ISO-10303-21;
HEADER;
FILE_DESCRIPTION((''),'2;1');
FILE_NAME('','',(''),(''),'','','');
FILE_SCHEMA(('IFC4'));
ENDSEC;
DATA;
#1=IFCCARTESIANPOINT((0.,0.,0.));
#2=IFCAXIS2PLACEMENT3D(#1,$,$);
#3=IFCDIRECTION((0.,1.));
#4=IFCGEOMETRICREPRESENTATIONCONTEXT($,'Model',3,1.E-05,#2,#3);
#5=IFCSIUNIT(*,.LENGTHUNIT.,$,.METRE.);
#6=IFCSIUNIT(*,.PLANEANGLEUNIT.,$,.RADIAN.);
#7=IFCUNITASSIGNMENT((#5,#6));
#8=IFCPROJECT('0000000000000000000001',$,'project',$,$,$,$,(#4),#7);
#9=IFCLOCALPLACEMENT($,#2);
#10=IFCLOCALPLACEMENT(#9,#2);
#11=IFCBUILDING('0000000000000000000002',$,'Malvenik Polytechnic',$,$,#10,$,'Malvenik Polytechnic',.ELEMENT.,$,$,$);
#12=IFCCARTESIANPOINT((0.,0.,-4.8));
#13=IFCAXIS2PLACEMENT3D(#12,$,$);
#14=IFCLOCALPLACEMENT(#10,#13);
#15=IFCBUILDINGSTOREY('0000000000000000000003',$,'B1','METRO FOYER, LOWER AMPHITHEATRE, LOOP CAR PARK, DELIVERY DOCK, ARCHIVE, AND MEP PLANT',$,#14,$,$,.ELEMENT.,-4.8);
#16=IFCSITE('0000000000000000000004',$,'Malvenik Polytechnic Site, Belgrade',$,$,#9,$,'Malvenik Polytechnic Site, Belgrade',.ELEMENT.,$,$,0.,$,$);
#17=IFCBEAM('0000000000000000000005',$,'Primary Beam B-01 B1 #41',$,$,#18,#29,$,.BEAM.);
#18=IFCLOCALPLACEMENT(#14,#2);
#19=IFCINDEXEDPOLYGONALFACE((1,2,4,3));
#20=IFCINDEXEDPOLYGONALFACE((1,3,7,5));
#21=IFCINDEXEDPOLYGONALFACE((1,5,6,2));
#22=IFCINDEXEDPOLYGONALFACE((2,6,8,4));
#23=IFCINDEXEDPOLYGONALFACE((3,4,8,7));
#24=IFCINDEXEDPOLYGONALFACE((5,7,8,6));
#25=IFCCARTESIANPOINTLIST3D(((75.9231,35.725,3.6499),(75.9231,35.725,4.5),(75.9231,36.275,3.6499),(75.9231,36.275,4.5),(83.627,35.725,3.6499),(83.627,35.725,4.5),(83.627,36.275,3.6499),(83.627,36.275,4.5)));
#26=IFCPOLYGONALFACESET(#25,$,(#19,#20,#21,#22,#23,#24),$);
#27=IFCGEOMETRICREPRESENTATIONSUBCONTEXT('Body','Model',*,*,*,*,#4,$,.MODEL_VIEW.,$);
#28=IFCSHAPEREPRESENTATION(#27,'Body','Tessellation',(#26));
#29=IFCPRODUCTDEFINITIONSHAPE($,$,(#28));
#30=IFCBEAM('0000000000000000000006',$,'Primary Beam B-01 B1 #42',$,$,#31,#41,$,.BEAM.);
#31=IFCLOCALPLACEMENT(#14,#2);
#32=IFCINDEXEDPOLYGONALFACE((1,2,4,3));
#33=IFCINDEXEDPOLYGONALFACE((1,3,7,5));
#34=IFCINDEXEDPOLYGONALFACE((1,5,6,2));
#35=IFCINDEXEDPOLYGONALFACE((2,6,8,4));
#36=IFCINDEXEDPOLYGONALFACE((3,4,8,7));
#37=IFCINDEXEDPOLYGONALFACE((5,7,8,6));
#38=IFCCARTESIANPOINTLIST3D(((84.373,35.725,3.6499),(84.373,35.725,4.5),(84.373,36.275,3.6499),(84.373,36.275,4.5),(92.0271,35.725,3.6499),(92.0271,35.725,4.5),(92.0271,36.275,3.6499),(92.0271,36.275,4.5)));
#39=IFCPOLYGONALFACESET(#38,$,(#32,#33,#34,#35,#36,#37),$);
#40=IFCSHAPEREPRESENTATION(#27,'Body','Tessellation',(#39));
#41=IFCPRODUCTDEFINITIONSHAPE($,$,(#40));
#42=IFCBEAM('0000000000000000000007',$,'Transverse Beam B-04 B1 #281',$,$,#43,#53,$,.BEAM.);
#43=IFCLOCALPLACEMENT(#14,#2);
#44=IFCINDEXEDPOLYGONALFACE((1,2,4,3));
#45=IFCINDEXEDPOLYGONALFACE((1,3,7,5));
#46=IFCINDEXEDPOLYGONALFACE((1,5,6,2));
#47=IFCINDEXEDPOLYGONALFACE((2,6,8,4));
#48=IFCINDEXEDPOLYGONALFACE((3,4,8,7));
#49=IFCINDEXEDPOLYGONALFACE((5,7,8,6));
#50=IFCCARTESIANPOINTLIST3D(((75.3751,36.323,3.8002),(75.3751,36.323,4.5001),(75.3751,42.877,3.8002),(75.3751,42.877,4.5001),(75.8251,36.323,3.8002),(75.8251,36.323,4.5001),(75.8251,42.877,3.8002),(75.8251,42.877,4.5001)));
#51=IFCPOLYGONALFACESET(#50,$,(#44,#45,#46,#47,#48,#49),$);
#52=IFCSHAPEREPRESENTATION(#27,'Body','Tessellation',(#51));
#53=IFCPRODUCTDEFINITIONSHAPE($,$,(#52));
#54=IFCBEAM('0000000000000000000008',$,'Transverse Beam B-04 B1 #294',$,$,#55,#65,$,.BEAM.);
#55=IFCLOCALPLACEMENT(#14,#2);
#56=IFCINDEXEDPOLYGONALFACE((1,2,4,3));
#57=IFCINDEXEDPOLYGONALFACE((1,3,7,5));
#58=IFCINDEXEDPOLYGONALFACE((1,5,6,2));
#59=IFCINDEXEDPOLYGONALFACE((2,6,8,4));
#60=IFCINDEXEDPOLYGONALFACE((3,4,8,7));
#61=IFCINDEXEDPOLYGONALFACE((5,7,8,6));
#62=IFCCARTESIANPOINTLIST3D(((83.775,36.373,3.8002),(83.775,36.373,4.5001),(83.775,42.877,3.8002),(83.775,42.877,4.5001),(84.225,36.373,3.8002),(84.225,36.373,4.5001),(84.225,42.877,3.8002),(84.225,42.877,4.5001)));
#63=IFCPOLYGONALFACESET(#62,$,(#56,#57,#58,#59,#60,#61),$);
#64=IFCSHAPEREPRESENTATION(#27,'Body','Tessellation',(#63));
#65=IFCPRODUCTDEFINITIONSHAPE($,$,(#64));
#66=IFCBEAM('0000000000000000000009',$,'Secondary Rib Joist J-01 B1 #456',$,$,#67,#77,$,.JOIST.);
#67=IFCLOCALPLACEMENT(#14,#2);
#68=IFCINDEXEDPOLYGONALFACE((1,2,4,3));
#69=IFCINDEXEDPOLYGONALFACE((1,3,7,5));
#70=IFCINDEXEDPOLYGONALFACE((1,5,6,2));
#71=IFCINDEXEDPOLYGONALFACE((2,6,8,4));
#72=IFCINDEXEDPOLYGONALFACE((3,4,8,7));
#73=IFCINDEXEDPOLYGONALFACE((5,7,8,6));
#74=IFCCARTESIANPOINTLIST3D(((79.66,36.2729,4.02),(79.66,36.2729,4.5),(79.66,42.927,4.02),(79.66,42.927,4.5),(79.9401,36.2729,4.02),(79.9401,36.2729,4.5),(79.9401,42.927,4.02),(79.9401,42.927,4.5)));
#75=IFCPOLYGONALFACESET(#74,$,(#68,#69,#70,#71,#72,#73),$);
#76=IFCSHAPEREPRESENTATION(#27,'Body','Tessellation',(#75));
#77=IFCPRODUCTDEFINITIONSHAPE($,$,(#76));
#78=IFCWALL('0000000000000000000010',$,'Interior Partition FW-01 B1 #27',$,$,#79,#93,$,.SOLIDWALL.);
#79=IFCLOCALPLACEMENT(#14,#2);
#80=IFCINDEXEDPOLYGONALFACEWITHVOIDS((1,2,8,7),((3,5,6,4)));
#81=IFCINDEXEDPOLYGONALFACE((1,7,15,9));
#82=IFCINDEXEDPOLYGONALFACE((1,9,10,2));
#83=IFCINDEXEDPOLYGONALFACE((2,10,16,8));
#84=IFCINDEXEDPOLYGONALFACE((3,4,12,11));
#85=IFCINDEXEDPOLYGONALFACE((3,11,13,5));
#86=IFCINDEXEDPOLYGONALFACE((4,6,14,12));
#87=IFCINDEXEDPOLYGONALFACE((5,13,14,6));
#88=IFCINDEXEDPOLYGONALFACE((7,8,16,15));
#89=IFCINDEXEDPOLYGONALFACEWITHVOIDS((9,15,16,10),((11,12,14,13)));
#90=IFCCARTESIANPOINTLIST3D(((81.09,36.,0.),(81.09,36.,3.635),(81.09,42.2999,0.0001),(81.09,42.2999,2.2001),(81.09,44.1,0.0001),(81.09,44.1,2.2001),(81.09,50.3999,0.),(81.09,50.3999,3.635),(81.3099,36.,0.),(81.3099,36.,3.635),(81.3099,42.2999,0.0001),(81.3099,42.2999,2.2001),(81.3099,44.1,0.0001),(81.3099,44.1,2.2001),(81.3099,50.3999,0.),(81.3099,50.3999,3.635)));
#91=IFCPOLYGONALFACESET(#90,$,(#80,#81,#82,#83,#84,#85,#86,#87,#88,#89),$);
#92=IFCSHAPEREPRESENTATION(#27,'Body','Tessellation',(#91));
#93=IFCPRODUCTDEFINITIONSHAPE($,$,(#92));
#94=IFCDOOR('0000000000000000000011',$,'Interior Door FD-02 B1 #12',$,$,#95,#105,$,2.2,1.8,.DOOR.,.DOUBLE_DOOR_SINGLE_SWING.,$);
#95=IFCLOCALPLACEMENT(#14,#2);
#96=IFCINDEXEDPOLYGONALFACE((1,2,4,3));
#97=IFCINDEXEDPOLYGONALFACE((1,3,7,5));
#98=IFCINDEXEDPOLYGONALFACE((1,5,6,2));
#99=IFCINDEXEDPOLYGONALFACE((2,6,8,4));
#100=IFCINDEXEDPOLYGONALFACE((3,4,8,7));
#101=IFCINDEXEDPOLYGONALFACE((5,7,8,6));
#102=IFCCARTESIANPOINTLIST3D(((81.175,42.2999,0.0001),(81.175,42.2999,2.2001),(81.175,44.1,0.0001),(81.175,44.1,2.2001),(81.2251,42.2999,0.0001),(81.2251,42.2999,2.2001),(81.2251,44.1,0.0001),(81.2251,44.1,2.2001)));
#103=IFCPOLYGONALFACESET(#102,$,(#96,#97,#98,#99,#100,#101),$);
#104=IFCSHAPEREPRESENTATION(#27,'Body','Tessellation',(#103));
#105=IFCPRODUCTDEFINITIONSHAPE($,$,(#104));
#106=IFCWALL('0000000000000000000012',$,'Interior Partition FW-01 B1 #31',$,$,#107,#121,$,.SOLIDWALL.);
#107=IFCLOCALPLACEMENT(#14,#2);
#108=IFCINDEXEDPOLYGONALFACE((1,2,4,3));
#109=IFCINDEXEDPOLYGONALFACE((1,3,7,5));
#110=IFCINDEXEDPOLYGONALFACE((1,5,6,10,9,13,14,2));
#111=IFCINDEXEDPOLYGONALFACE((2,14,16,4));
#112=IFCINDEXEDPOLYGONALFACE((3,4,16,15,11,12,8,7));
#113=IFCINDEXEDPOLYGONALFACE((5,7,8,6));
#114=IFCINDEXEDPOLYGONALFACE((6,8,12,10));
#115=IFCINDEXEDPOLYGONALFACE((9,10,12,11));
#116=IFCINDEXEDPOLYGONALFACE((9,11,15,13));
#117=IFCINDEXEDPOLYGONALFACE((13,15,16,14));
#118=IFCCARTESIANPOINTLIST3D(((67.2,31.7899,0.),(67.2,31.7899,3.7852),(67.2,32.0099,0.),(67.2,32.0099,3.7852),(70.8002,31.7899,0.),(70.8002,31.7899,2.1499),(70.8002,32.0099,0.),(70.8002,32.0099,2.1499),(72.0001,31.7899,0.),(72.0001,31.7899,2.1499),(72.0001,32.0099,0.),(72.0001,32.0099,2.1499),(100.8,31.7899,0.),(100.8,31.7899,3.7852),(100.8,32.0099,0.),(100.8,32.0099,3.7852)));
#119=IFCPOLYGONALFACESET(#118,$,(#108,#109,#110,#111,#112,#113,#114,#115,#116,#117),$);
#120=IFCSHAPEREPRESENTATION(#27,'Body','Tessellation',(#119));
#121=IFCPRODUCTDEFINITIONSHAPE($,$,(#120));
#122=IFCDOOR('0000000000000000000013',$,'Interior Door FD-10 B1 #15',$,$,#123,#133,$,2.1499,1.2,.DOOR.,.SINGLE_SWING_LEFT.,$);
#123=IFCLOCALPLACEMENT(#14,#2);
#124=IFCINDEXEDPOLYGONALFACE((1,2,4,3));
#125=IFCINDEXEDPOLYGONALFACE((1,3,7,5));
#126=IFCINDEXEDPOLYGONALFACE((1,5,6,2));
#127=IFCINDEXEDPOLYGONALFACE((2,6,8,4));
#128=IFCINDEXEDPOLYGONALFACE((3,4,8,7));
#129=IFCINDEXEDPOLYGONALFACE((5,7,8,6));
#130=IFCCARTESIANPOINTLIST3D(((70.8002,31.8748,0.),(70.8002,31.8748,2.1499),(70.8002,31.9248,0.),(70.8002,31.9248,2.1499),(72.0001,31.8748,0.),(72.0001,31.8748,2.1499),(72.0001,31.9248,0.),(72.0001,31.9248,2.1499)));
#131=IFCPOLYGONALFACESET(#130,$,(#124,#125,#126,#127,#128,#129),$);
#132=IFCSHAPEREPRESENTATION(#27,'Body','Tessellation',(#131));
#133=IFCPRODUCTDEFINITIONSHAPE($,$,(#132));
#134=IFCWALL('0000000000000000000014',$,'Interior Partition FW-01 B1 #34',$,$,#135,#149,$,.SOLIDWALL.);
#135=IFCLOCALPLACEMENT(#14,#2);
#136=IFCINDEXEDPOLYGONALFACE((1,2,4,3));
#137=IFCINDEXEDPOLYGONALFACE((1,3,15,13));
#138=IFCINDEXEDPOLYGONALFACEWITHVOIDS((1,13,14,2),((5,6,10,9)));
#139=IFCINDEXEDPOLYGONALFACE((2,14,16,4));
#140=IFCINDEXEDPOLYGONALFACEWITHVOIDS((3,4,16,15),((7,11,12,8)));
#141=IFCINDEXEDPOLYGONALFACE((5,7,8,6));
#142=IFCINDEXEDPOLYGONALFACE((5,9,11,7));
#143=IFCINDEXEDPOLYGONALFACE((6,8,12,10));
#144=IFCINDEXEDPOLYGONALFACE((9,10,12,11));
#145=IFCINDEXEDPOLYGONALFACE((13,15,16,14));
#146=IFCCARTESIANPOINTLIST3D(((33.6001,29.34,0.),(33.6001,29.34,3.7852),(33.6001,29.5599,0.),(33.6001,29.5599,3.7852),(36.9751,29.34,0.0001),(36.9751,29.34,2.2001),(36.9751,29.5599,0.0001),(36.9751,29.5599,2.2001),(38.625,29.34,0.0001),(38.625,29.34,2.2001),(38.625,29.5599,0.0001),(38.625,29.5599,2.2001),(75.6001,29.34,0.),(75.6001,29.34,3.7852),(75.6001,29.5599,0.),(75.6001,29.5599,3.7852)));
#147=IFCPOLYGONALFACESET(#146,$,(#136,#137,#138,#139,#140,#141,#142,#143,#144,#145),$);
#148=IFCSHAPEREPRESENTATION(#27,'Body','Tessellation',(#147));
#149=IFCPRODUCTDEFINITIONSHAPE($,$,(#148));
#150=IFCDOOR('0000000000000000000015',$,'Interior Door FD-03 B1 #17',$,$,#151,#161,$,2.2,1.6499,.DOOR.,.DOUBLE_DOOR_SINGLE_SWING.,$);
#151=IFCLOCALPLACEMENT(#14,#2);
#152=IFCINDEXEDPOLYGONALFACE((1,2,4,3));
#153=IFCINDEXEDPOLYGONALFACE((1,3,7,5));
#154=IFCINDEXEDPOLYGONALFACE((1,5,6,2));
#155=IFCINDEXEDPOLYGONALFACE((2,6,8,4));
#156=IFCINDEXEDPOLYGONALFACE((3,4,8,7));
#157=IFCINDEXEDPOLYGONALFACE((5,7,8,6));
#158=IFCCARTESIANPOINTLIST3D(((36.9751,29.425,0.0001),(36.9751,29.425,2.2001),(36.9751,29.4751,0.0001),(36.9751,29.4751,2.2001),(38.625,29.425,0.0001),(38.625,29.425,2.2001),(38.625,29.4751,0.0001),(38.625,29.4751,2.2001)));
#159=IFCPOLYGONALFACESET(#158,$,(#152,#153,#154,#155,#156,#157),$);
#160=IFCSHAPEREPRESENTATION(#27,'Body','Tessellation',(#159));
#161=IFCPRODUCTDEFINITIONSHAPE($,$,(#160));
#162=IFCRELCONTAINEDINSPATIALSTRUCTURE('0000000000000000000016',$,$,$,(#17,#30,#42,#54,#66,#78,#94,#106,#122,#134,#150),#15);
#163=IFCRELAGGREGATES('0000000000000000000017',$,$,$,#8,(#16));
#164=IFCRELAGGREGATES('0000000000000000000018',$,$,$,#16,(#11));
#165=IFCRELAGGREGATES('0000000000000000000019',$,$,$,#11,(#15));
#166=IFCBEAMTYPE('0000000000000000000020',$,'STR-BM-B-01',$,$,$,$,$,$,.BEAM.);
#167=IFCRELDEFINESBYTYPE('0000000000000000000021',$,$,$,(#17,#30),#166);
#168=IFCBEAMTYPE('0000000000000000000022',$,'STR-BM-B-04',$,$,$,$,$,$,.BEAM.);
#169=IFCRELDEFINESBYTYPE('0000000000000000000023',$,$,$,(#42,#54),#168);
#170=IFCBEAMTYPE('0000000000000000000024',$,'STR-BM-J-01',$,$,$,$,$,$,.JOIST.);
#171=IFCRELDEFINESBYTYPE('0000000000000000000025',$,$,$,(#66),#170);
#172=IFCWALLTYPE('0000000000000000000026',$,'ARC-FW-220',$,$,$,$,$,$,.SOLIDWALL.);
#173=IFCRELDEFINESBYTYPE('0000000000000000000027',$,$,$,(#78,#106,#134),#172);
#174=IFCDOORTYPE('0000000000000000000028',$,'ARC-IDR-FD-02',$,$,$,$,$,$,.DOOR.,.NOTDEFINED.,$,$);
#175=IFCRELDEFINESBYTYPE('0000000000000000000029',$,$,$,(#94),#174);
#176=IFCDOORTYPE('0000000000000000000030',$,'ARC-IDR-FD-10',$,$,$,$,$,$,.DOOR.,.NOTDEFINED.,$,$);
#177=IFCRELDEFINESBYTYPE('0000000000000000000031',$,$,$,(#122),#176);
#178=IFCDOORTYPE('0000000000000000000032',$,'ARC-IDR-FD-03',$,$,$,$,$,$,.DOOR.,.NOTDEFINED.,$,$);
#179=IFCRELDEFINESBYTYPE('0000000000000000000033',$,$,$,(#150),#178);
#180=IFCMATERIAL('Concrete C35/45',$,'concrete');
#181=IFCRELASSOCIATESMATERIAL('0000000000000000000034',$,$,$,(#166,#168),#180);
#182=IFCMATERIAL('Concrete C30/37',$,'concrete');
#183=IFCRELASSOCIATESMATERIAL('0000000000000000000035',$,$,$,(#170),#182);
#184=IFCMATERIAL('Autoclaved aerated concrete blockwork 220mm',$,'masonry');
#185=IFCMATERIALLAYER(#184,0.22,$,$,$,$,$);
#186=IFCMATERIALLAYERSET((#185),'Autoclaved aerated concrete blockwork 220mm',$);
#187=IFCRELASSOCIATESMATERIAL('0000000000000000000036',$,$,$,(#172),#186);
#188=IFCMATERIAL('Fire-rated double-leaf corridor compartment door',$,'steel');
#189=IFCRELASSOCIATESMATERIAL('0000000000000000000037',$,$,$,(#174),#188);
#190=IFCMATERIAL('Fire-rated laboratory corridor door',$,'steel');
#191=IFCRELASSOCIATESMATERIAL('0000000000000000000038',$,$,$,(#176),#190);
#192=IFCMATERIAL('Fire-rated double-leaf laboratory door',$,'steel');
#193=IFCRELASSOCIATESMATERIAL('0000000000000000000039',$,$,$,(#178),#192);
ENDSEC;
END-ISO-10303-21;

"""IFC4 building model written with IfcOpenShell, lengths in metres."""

from ifc_helpers import new_model, si_unit, direction, frame, frame_2d, origin, origin_2d, place, context, subcontext, project, spatial, rectangle, extrude, material, layer, layer_set, material_profile, profile_set, type_object, element, fill, save


model = new_model("IFC4")

# Units and contexts
model_context = context("Model", 3, precision=1e-05, world=origin(), true_north=direction((0.0, 1.0)))
body_context = subcontext(model_context, "Body", "Model", "MODEL_VIEW")
ifc_project = project(units=[si_unit("LENGTHUNIT", "METRE"), si_unit("PLANEANGLEUNIT", "RADIAN")], contexts=[model_context])

# Site, building, storey
site_placement = place(None, origin())
site = spatial("IfcSite", under=ifc_project, at=site_placement, Name="Malvenik Polytechnic Site, Belgrade", LongName="Malvenik Polytechnic Site, Belgrade", CompositionType="ELEMENT", RefElevation=0.0)
building_placement = place(site_placement, origin())
building = spatial("IfcBuilding", under=site, at=building_placement, Name="Malvenik Polytechnic", LongName="Malvenik Polytechnic", CompositionType="ELEMENT")
storey_placement = place(building_placement, frame((0.0, 0.0, -4.8)))
storey = spatial("IfcBuildingStorey", under=building, at=storey_placement, Name="B1", Description="METRO FOYER, LOWER AMPHITHEATRE, LOOP CAR PARK, DELIVERY DOCK, ARCHIVE, AND MEP PLANT", CompositionType="ELEMENT", Elevation=-4.8)

# Shared definitions
ifc_material_1 = material(Name="Concrete C35/45", Category="concrete")

# Beams
ifc_material_profile_1 = material_profile(ifc_material_1, rectangle(XDim=0.55, YDim=0.8501, at=origin_2d()), Name="RC BM 550x850")
ifc_profile_set_1 = profile_set([ifc_material_profile_1], Name="Concrete C35/45")
beam_type_1 = type_object("IfcBeamType", Name="STR-BM-B-01", PredefinedType="BEAM", material=ifc_profile_set_1)
beam_1_placement = place(storey_placement, frame((75.9231, 36.0, 4.075), z_axis=(1.0, 0.0, 0.0), x_axis=(0.0, 1.0, 0.0)))
element("IfcBeam", 1, at=beam_1_placement, inside=storey, type_object=beam_type_1, Name="Primary Beam B-01 B1 #41", PredefinedType="BEAM", context=body_context, shape_type="SweptSolid", body=[
    extrude(rectangle(XDim=0.55, YDim=0.8501, at=origin_2d()), origin(), (0.0, 0.0, 1.0), 7.7039),
])
beam_2_placement = place(storey_placement, frame((84.373, 36.0, 4.075), z_axis=(1.0, 0.0, 0.0), x_axis=(0.0, 1.0, 0.0)))
element("IfcBeam", 2, at=beam_2_placement, inside=storey, type_object=beam_type_1, Name="Primary Beam B-01 B1 #42", PredefinedType="BEAM", context=body_context, shape_type="SweptSolid", body=[
    extrude(rectangle(XDim=0.55, YDim=0.8501, at=origin_2d()), origin(), (0.0, 0.0, 1.0), 7.6541),
])
ifc_material_profile_2 = material_profile(ifc_material_1, rectangle(XDim=0.45, YDim=0.7, at=origin_2d()), Name="RC BM 450x700")
ifc_profile_set_2 = profile_set([ifc_material_profile_2], Name="Concrete C35/45")
beam_type_2 = type_object("IfcBeamType", Name="STR-BM-B-04", PredefinedType="BEAM", material=ifc_profile_set_2)
beam_3_placement = place(storey_placement, frame((75.6001, 36.323, 4.1501), z_axis=(0.0, 1.0, 0.0), x_axis=(-1.0, 0.0, 0.0)))
element("IfcBeam", 3, at=beam_3_placement, inside=storey, type_object=beam_type_2, Name="Transverse Beam B-04 B1 #281", PredefinedType="BEAM", context=body_context, shape_type="SweptSolid", body=[
    extrude(rectangle(XDim=0.45, YDim=0.7, at=origin_2d()), origin(), (0.0, 0.0, 1.0), 6.554),
])
beam_4_placement = place(storey_placement, frame((84.0, 36.373, 4.1501), z_axis=(0.0, 1.0, 0.0), x_axis=(-1.0, 0.0, 0.0)))
element("IfcBeam", 4, at=beam_4_placement, inside=storey, type_object=beam_type_2, Name="Transverse Beam B-04 B1 #294", PredefinedType="BEAM", context=body_context, shape_type="SweptSolid", body=[
    extrude(rectangle(XDim=0.45, YDim=0.7, at=origin_2d()), origin(), (0.0, 0.0, 1.0), 6.5039),
])
ifc_material_2 = material(Name="Concrete C30/37", Category="concrete")
ifc_material_profile_3 = material_profile(ifc_material_2, rectangle(XDim=0.28, YDim=0.48, at=origin_2d()), Name="RC JST 280x480")
ifc_profile_set_3 = profile_set([ifc_material_profile_3], Name="Concrete C30/37")
beam_type_3 = type_object("IfcBeamType", Name="STR-BM-J-01", PredefinedType="JOIST", material=ifc_profile_set_3)
beam_5_placement = place(storey_placement, frame((79.8, 36.2729, 4.26), z_axis=(0.0, 1.0, 0.0), x_axis=(-1.0, 0.0, 0.0)))
element("IfcBeam", 5, at=beam_5_placement, inside=storey, type_object=beam_type_3, Name="Secondary Rib Joist J-01 B1 #456", PredefinedType="JOIST", context=body_context, shape_type="SweptSolid", body=[
    extrude(rectangle(XDim=0.28, YDim=0.48, at=origin_2d()), origin(), (0.0, 0.0, 1.0), 6.6541),
])

# Walls, openings, doors
ifc_material_3 = material(Name="Autoclaved aerated concrete blockwork 220mm", Category="masonry")
ifc_layer_1 = layer(ifc_material_3, 0.22)
ifc_layer_set_1 = layer_set([ifc_layer_1], Name="Autoclaved aerated concrete blockwork 220mm")
wall_type_1 = type_object("IfcWallType", Name="ARC-FW-220", PredefinedType="SOLIDWALL", material=ifc_layer_set_1)
wall_1_placement = place(storey_placement, frame((81.2, 36.0, 0.0), z_axis=(0.0, 0.0, 1.0), x_axis=(0.0, 1.0, 0.0)))
wall_1 = element("IfcWall", 6, at=wall_1_placement, inside=storey, type_object=wall_type_1, Name="Interior Partition FW-01 B1 #27", PredefinedType="SOLIDWALL", context=body_context, shape_type="SweptSolid", body=[
    extrude(rectangle(XDim=14.3999, YDim=0.22, at=frame_2d((7.2, 0.0))), origin(), (0.0, 0.0, 1.0), 3.635),
])
opening_1_placement = place(wall_1_placement, frame((6.3, 0.0, 0.0)))
opening_1 = element("IfcOpeningElement", 7, at=opening_1_placement, cuts=wall_1, PredefinedType="OPENING", context=body_context, shape_type="SweptSolid", body=[
    extrude(rectangle(XDim=1.8, YDim=2.2, at=frame_2d((0.8999, 1.1001))), frame((0.0, 0.1201, 0.0), z_axis=(0.0, -1.0, 0.0), x_axis=(1.0, 0.0, 0.0)), (0.0, 0.0, 1.0), 0.24),
])
ifc_material_4 = material(Name="Fire-rated double-leaf corridor compartment door", Category="steel")
door_type_1 = type_object("IfcDoorType", Name="ARC-IDR-FD-02", OperationType="NOTDEFINED", PredefinedType="DOOR", material=ifc_material_4)
door_1_placement = place(opening_1_placement, origin())
door_1 = element("IfcDoor", 8, at=door_1_placement, inside=storey, type_object=door_type_1, Name="Interior Door FD-02 B1 #12", OperationType="DOUBLE_DOOR_SINGLE_SWING", OverallHeight=2.2, OverallWidth=1.8, PredefinedType="DOOR", context=body_context, shape_type="SweptSolid", body=[
    extrude(rectangle(XDim=1.8, YDim=2.2, at=frame_2d((0.8999, 1.1001))), frame((0.0, 0.0249, 0.0), z_axis=(0.0, -1.0, 0.0), x_axis=(1.0, 0.0, 0.0)), (0.0, 0.0, 1.0), 0.05),
])
fill(opening_1, door_1)
wall_2_placement = place(storey_placement, frame((67.2, 31.8999, 0.0), z_axis=(0.0, 0.0, 1.0), x_axis=(1.0, 0.0, 0.0)))
wall_2 = element("IfcWall", 9, at=wall_2_placement, inside=storey, type_object=wall_type_1, Name="Interior Partition FW-01 B1 #31", PredefinedType="SOLIDWALL", context=body_context, shape_type="SweptSolid", body=[
    extrude(rectangle(XDim=33.6001, YDim=0.22, at=frame_2d((16.8, 0.0))), origin(), (0.0, 0.0, 1.0), 3.7852),
])
opening_2_placement = place(wall_2_placement, frame((3.6001, 0.0, 0.0)))
opening_2 = element("IfcOpeningElement", 10, at=opening_2_placement, cuts=wall_2, PredefinedType="OPENING", context=body_context, shape_type="SweptSolid", body=[
    extrude(rectangle(XDim=1.2, YDim=2.1499, at=frame_2d((0.6001, 1.075))), frame((0.0, 0.1201, 0.0), z_axis=(0.0, -1.0, 0.0), x_axis=(1.0, 0.0, 0.0)), (0.0, 0.0, 1.0), 0.24),
])
ifc_material_5 = material(Name="Fire-rated laboratory corridor door", Category="steel")
door_type_2 = type_object("IfcDoorType", Name="ARC-IDR-FD-10", OperationType="NOTDEFINED", PredefinedType="DOOR", material=ifc_material_5)
door_2_placement = place(opening_2_placement, origin())
door_2 = element("IfcDoor", 11, at=door_2_placement, inside=storey, type_object=door_type_2, Name="Interior Door FD-10 B1 #15", OperationType="SINGLE_SWING_LEFT", OverallHeight=2.1499, OverallWidth=1.2, PredefinedType="DOOR", context=body_context, shape_type="SweptSolid", body=[
    extrude(rectangle(XDim=1.2, YDim=2.1499, at=frame_2d((0.6001, 1.075))), frame((0.0, 0.0249, 0.0), z_axis=(0.0, -1.0, 0.0), x_axis=(1.0, 0.0, 0.0)), (0.0, 0.0, 1.0), 0.05),
])
fill(opening_2, door_2)
wall_3_placement = place(storey_placement, frame((75.6001, 29.45, 0.0), z_axis=(0.0, 0.0, 1.0), x_axis=(-1.0, 0.0, 0.0)))
wall_3 = element("IfcWall", 12, at=wall_3_placement, inside=storey, type_object=wall_type_1, Name="Interior Partition FW-01 B1 #34", PredefinedType="SOLIDWALL", context=body_context, shape_type="SweptSolid", body=[
    extrude(rectangle(XDim=42.0, YDim=0.22, at=frame_2d((21.0, 0.0))), origin(), (0.0, 0.0, 1.0), 3.7852),
])
opening_3_placement = place(wall_3_placement, frame((36.9751, 0.0, 0.0)))
opening_3 = element("IfcOpeningElement", 13, at=opening_3_placement, cuts=wall_3, PredefinedType="OPENING", context=body_context, shape_type="SweptSolid", body=[
    extrude(rectangle(XDim=1.6499, YDim=2.2, at=frame_2d((0.825, 1.1001))), frame((0.0, 0.1201, 0.0), z_axis=(0.0, -1.0, 0.0), x_axis=(1.0, 0.0, 0.0)), (0.0, 0.0, 1.0), 0.24),
])
ifc_material_6 = material(Name="Fire-rated double-leaf laboratory door", Category="steel")
door_type_3 = type_object("IfcDoorType", Name="ARC-IDR-FD-03", OperationType="NOTDEFINED", PredefinedType="DOOR", material=ifc_material_6)
door_3_placement = place(opening_3_placement, origin())
door_3 = element("IfcDoor", 14, at=door_3_placement, inside=storey, type_object=door_type_3, Name="Interior Door FD-03 B1 #17", OperationType="DOUBLE_DOOR_SINGLE_SWING", OverallHeight=2.2, OverallWidth=1.6499, PredefinedType="DOOR", context=body_context, shape_type="SweptSolid", body=[
    extrude(rectangle(XDim=1.6499, YDim=2.2, at=frame_2d((0.825, 1.1001))), frame((0.0, 0.0249, 0.0), z_axis=(0.0, -1.0, 0.0), x_axis=(1.0, 0.0, 0.0)), (0.0, 0.0, 1.0), 0.05),
])
fill(opening_3, door_3)

save(model, "model.ifc")
